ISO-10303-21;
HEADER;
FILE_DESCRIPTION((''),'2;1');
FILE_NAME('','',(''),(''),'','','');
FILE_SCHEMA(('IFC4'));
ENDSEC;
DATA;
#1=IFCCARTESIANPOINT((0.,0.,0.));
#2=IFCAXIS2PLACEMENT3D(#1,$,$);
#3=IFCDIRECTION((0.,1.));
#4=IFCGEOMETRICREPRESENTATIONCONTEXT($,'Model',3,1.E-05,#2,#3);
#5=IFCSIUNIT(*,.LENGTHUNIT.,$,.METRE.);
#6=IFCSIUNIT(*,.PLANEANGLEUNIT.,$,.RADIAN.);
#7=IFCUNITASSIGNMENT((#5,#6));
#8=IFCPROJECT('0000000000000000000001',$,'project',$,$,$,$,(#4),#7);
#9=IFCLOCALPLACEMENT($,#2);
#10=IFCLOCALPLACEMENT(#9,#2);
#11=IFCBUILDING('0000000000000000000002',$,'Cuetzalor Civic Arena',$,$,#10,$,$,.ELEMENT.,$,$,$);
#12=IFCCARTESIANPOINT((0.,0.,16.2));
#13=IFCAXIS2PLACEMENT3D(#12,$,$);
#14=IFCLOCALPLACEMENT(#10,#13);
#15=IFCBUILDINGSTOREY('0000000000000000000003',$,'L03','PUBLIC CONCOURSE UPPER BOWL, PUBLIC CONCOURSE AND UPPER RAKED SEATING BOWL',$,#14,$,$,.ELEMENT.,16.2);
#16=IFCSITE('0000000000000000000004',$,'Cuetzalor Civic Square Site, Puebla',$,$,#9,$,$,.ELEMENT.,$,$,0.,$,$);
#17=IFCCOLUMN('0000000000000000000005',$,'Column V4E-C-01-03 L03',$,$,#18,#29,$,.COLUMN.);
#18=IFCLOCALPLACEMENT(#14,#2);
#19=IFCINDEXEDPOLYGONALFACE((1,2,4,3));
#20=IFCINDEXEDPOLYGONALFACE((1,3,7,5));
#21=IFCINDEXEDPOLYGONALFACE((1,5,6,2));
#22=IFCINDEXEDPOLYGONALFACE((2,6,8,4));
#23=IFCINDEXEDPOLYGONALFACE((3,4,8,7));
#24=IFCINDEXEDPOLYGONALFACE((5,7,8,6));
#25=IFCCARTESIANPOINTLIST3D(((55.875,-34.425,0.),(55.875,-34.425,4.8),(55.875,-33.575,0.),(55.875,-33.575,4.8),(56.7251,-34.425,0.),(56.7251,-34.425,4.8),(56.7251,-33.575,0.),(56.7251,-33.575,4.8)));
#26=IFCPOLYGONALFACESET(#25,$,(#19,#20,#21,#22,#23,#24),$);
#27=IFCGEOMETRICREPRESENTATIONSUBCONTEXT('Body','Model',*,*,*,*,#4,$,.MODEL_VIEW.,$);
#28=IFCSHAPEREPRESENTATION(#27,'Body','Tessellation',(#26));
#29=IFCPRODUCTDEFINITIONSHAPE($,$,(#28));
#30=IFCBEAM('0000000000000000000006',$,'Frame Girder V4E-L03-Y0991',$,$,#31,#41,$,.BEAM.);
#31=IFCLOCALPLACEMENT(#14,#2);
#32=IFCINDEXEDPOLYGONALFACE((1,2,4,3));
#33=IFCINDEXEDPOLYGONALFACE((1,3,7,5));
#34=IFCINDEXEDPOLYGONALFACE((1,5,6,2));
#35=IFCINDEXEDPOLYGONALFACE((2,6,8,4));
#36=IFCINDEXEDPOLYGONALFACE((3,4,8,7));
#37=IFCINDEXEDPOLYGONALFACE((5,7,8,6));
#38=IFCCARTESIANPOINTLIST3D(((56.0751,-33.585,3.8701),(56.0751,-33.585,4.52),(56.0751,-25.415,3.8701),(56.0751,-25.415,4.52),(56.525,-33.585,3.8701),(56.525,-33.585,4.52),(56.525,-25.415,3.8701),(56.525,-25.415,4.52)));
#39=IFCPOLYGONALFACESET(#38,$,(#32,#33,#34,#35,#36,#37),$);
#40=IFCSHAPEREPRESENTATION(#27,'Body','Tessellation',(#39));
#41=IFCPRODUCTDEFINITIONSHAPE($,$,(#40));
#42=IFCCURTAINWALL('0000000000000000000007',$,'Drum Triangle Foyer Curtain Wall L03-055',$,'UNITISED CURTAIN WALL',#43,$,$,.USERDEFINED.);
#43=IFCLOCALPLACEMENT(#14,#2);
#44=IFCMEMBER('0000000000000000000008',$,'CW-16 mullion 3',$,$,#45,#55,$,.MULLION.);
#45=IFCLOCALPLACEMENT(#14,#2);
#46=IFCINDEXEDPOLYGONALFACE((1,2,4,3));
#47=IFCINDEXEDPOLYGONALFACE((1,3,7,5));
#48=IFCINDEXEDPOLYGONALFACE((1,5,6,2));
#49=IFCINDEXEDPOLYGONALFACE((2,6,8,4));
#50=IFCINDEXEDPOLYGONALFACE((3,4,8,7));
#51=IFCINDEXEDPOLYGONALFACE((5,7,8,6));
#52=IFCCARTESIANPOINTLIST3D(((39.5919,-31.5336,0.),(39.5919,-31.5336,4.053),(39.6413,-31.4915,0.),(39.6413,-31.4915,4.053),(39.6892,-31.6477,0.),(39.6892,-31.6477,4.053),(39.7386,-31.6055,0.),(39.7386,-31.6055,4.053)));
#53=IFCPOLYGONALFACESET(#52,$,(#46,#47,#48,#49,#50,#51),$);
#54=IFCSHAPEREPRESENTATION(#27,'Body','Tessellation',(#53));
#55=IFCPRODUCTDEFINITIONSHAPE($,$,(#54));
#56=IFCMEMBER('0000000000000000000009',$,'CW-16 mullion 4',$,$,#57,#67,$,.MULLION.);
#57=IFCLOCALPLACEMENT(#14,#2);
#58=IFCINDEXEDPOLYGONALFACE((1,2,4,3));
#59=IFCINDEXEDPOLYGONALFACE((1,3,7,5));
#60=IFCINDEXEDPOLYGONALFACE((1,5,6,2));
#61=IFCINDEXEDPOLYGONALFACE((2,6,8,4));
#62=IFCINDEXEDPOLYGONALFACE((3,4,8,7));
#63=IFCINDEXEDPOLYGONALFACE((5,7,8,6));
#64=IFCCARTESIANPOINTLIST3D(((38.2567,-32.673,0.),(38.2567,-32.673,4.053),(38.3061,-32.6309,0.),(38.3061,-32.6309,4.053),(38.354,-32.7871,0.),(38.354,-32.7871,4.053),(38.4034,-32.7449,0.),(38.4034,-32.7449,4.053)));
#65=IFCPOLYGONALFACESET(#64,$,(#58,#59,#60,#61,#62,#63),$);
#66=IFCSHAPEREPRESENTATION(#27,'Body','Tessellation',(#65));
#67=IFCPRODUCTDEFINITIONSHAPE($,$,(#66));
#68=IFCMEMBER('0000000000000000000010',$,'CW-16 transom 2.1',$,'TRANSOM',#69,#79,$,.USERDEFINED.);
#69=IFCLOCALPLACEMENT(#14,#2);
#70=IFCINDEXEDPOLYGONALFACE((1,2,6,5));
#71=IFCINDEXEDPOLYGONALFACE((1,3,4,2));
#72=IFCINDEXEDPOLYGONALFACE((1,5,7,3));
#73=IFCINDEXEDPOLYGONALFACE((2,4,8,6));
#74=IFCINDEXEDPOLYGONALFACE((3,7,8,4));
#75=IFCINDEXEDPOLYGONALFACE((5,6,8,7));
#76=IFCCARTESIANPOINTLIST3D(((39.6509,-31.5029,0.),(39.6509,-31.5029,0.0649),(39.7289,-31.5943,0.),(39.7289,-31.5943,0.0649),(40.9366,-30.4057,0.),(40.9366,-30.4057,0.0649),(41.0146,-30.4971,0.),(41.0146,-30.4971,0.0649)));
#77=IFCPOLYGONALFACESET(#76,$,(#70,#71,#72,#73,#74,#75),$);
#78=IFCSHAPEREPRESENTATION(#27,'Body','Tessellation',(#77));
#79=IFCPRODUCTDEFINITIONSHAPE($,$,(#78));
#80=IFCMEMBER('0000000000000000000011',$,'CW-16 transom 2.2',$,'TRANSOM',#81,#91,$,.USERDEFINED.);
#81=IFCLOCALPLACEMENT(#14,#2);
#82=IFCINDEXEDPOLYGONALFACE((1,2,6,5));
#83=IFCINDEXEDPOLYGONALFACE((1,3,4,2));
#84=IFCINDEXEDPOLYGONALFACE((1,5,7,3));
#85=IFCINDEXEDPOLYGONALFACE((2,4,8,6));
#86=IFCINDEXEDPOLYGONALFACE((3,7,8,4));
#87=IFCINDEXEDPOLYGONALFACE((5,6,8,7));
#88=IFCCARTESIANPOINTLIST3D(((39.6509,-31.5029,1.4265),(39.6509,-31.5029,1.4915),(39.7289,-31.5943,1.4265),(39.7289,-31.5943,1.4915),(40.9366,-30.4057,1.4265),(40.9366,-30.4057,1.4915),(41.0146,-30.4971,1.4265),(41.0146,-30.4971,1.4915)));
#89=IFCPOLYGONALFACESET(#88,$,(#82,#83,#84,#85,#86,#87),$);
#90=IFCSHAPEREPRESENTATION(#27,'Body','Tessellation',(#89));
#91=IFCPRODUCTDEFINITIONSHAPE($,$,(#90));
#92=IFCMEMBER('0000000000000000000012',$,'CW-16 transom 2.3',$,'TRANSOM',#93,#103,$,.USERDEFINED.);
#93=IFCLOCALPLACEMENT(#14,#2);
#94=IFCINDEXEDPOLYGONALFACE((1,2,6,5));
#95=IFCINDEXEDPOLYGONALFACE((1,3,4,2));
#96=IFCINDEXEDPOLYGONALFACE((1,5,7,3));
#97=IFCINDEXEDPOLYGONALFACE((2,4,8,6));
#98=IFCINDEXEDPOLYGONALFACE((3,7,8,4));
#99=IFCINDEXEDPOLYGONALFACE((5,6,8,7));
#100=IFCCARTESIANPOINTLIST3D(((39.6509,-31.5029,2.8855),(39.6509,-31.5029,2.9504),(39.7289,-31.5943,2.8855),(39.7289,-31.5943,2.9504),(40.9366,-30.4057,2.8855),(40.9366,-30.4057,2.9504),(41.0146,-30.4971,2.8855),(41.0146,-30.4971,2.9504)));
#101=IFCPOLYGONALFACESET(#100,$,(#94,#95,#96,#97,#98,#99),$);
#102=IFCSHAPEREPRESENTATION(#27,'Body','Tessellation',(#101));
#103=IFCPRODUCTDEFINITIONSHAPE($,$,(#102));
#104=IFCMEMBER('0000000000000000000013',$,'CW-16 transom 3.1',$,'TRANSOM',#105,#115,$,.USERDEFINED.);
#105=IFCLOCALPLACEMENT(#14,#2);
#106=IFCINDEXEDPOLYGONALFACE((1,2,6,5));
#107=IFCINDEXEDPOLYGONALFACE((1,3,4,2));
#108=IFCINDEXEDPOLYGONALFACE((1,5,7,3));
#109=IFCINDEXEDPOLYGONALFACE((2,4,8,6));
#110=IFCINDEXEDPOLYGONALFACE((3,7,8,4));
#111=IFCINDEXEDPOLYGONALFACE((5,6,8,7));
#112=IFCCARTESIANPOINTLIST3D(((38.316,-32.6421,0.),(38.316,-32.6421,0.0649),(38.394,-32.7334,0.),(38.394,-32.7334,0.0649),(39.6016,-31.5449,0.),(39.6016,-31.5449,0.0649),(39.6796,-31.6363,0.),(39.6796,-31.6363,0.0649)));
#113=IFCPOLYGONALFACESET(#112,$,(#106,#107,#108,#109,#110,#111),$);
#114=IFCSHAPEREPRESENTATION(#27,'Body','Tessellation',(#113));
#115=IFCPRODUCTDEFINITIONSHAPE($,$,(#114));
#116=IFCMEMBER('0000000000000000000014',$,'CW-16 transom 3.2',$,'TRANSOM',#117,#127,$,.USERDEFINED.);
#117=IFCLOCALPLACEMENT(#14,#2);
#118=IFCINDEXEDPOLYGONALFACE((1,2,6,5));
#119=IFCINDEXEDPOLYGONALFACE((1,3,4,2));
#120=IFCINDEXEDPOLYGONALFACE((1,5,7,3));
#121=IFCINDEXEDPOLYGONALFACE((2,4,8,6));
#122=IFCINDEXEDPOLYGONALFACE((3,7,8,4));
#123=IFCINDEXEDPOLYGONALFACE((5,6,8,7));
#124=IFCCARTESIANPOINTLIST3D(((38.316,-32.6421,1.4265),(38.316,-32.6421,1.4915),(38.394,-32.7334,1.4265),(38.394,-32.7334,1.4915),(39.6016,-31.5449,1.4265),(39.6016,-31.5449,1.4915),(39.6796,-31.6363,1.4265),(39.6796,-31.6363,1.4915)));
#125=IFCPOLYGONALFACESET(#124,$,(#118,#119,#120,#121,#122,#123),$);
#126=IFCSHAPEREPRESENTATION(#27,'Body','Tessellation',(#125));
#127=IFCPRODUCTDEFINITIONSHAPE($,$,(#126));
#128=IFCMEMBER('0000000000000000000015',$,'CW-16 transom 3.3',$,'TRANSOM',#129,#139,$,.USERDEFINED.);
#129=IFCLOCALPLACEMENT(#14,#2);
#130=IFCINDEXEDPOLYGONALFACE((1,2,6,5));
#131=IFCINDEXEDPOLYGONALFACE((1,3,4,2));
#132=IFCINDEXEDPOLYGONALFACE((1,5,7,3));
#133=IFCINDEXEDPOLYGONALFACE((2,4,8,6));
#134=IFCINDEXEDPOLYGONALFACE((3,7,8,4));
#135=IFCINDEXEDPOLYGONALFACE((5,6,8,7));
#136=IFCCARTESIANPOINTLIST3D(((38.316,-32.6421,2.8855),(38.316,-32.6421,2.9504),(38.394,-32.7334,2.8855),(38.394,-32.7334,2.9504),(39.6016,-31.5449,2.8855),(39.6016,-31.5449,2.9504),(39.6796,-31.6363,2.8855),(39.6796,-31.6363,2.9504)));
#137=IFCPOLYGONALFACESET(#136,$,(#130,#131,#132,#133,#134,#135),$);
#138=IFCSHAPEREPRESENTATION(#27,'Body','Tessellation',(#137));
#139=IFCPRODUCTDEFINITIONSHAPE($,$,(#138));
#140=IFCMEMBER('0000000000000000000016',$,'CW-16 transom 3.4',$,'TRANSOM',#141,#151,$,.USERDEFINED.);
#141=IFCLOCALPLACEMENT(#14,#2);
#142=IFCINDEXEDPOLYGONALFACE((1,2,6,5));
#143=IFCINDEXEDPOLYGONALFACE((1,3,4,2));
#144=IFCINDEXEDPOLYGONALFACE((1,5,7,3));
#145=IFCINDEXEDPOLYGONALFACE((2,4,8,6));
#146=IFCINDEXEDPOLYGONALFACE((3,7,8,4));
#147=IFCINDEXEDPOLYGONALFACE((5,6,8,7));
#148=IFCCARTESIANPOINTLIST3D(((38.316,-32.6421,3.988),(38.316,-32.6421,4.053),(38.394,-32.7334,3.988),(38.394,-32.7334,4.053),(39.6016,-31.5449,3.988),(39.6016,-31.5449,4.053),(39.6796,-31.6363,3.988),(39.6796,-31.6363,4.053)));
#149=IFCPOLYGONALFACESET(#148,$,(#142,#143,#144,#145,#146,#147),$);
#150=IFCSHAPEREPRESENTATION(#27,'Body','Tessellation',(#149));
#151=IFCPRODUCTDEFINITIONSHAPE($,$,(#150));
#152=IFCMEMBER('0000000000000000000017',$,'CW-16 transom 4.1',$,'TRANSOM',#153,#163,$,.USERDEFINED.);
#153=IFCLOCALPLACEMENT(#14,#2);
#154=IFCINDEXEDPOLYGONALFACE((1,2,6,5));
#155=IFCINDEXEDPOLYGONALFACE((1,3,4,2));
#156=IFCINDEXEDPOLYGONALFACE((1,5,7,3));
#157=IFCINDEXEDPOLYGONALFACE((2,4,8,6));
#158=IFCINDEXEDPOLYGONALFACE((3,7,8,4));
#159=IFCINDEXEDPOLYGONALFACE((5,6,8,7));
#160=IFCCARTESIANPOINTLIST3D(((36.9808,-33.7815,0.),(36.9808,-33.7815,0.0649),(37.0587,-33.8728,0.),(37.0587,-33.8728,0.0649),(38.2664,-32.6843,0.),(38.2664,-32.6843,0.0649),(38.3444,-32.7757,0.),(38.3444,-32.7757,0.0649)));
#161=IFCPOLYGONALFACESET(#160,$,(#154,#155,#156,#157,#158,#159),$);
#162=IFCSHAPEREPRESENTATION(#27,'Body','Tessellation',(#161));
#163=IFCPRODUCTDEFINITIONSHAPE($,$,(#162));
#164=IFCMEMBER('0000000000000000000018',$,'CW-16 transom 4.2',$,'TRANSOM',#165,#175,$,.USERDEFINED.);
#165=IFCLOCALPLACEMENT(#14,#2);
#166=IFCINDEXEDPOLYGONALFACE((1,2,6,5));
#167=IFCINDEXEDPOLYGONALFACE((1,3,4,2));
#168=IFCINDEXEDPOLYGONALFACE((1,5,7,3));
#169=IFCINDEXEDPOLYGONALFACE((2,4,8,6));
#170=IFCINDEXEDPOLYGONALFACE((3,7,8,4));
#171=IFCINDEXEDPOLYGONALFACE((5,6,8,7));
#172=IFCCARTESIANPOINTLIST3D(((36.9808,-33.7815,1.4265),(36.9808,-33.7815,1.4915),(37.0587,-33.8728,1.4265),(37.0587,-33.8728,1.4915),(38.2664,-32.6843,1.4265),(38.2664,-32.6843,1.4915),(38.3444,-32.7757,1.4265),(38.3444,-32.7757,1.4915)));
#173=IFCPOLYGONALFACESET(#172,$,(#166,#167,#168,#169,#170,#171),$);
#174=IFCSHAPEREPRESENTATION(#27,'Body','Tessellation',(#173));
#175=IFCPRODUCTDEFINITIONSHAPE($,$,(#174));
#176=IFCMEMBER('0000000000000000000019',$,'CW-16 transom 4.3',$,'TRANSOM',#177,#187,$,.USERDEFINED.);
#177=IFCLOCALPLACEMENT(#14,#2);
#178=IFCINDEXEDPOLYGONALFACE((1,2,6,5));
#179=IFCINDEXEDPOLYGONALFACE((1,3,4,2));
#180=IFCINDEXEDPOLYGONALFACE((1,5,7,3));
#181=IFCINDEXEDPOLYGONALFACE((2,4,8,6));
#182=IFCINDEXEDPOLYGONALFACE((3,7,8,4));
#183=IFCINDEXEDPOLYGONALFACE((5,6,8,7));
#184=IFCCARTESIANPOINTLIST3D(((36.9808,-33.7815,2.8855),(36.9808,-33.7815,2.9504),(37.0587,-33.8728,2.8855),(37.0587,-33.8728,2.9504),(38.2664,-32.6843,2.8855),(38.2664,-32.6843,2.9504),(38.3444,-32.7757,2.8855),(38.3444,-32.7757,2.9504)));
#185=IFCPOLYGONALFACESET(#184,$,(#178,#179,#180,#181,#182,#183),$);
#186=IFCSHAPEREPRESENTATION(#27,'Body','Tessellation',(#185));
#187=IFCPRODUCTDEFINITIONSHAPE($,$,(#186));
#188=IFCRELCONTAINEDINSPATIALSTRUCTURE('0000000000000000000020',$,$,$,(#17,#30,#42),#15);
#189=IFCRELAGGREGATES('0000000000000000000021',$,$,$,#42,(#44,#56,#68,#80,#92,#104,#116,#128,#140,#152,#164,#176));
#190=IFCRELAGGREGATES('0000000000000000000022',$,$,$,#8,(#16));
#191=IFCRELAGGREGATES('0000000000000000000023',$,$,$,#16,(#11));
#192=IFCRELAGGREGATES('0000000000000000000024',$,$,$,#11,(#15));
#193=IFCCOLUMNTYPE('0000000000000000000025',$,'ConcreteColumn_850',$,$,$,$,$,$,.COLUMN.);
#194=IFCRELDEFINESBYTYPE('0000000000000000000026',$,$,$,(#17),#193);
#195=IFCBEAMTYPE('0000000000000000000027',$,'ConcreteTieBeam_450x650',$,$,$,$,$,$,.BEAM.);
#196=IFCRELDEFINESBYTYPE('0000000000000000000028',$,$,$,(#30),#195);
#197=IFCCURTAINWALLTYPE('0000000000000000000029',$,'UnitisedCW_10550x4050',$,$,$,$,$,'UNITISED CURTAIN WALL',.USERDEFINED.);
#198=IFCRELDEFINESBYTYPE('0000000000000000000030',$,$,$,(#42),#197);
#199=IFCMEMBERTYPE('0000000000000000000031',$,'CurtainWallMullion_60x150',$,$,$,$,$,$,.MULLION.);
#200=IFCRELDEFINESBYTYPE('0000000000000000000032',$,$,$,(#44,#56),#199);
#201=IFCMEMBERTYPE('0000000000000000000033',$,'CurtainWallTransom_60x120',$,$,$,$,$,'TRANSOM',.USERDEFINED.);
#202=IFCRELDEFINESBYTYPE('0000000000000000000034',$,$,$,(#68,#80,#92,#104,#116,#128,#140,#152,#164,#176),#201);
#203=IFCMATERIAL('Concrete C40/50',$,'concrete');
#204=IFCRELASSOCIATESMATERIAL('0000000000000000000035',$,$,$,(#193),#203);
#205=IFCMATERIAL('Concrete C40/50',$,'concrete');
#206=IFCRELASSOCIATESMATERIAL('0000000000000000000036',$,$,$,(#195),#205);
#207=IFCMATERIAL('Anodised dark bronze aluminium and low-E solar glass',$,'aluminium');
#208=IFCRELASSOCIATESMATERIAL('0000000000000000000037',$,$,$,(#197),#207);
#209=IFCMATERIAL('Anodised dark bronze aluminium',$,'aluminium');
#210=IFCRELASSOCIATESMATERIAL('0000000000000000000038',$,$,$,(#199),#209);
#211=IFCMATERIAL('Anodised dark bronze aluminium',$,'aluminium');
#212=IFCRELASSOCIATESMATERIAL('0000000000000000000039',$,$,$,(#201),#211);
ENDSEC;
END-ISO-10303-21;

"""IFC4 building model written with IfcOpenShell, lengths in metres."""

from ifc_helpers import new_model, si_unit, direction, frame, origin, origin_2d, place, context, subcontext, project, spatial, rectangle, extrude, material, material_profile, profile_set, type_object, element, aggregate, save


model = new_model("IFC4")

# Units and contexts
model_context = context("Model", 3, precision=1e-05, world=origin(), true_north=direction((0.0, 1.0)))
body_context = subcontext(model_context, "Body", "Model", "MODEL_VIEW")
ifc_project = project(units=[si_unit("LENGTHUNIT", "METRE"), si_unit("PLANEANGLEUNIT", "RADIAN")], contexts=[model_context])

# Site, building, storey
site_placement = place(None, origin())
site = spatial("IfcSite", under=ifc_project, at=site_placement, Name="Cuetzalor Civic Square Site, Puebla", CompositionType="ELEMENT", RefElevation=0.0)
building_placement = place(site_placement, origin())
building = spatial("IfcBuilding", under=site, at=building_placement, Name="Cuetzalor Civic Arena", CompositionType="ELEMENT")
storey_placement = place(building_placement, frame((0.0, 0.0, 16.2)))
storey = spatial("IfcBuildingStorey", under=building, at=storey_placement, Name="L03", Description="PUBLIC CONCOURSE UPPER BOWL, PUBLIC CONCOURSE AND UPPER RAKED SEATING BOWL", CompositionType="ELEMENT", Elevation=16.2)

# Column
ifc_material_1 = material(Name="Concrete C40/50", Category="concrete")
ifc_material_profile_1 = material_profile(ifc_material_1, rectangle(XDim=0.8501, YDim=0.8501, at=origin_2d()), Name="RC 850x850")
ifc_profile_set_1 = profile_set([ifc_material_profile_1], Name="Concrete C40/50")
column_type = type_object("IfcColumnType", Name="ConcreteColumn_850", PredefinedType="COLUMN", material=ifc_profile_set_1)
column_placement = place(storey_placement, frame((56.3, -34.0, 0.0), z_axis=(0.0, 0.0, 1.0), x_axis=(1.0, 0.0, 0.0)))
element("IfcColumn", 1, at=column_placement, inside=storey, type_object=column_type, Name="Column V4E-C-01-03 L03", PredefinedType="COLUMN", context=body_context, shape_type="SweptSolid", body=[
    extrude(rectangle(XDim=0.8501, YDim=0.8501, at=origin_2d()), origin(), (0.0, 0.0, 1.0), 4.8),
])

# Beam
ifc_material_2 = material(Name="Concrete C40/50", Category="concrete")
ifc_material_profile_2 = material_profile(ifc_material_2, rectangle(XDim=0.45, YDim=0.6499, at=origin_2d()), Name="RC 450x650")
ifc_profile_set_2 = profile_set([ifc_material_profile_2], Name="Concrete C40/50")
beam_type = type_object("IfcBeamType", Name="ConcreteTieBeam_450x650", PredefinedType="BEAM", material=ifc_profile_set_2)
beam_placement = place(storey_placement, frame((56.3, -33.585, 4.1951), z_axis=(0.0, 1.0, 0.0), x_axis=(-1.0, 0.0, 0.0)))
element("IfcBeam", 2, at=beam_placement, inside=storey, type_object=beam_type, Name="Frame Girder V4E-L03-Y0991", PredefinedType="BEAM", context=body_context, shape_type="SweptSolid", body=[
    extrude(rectangle(XDim=0.45, YDim=0.6499, at=origin_2d()), origin(), (0.0, 0.0, 1.0), 8.1699),
])

# Curtain wall, members
ifc_material_3 = material(Name="Anodised dark bronze aluminium and low-E solar glass", Category="aluminium")
curtain_wall_type = type_object("IfcCurtainWallType", Name="UnitisedCW_10550x4050", ElementType="UNITISED CURTAIN WALL", PredefinedType="USERDEFINED", material=ifc_material_3)
curtain_wall_placement = place(storey_placement, origin())
curtain_wall = element("IfcCurtainWall", 3, at=curtain_wall_placement, inside=storey, type_object=curtain_wall_type, Name="Drum Triangle Foyer Curtain Wall L03-055", ObjectType="UNITISED CURTAIN WALL", PredefinedType="USERDEFINED")
ifc_material_4 = material(Name="Anodised dark bronze aluminium", Category="aluminium")
ifc_material_profile_3 = material_profile(ifc_material_4, rectangle(XDim=0.0649, YDim=0.1499, at=origin_2d()), Name="ALU MULLION 65x150")
ifc_profile_set_3 = profile_set([ifc_material_profile_3], Name="Anodised dark bronze aluminium")
member_type_1 = type_object("IfcMemberType", Name="CurtainWallMullion_60x150", PredefinedType="MULLION", material=ifc_profile_set_3)
member_1_placement = place(storey_placement, frame((39.6653, -31.5696, 0.0), z_axis=(0.0, 0.0, 1.0), x_axis=(-0.760677, -0.64913, 0.0)))
member_1 = element("IfcMember", 4, at=member_1_placement, type_object=member_type_1, Name="CW-16 mullion 3", PredefinedType="MULLION", context=body_context, shape_type="SweptSolid", body=[
    extrude(rectangle(XDim=0.0649, YDim=0.1499, at=origin_2d()), origin(), (0.0, 0.0, 1.0), 4.053),
])
member_2_placement = place(storey_placement, frame((38.3301, -32.709, 0.0), z_axis=(0.0, 0.0, 1.0), x_axis=(-0.760677, -0.64913, 0.0)))
member_2 = element("IfcMember", 5, at=member_2_placement, type_object=member_type_1, Name="CW-16 mullion 4", PredefinedType="MULLION", context=body_context, shape_type="SweptSolid", body=[
    extrude(rectangle(XDim=0.0649, YDim=0.1499, at=origin_2d()), origin(), (0.0, 0.0, 1.0), 4.053),
])
ifc_material_5 = material(Name="Anodised dark bronze aluminium", Category="aluminium")
ifc_material_profile_4 = material_profile(ifc_material_5, rectangle(XDim=0.1201, YDim=0.0649, at=origin_2d()), Name="ALU TRANSOM 65x120")
ifc_profile_set_4 = profile_set([ifc_material_profile_4], Name="Anodised dark bronze aluminium")
member_type_2 = type_object("IfcMemberType", Name="CurtainWallTransom_60x120", ElementType="TRANSOM", PredefinedType="USERDEFINED", material=ifc_profile_set_4)
member_3_placement = place(storey_placement, frame((40.9756, -30.4514, 0.0325), z_axis=(-0.760662, -0.649148, 0.0), x_axis=(0.649148, -0.760662, 0.0)))
member_3 = element("IfcMember", 6, at=member_3_placement, type_object=member_type_2, Name="CW-16 transom 2.1", ObjectType="TRANSOM", PredefinedType="USERDEFINED", context=body_context, shape_type="SweptSolid", body=[
    extrude(rectangle(XDim=0.1201, YDim=0.0649, at=origin_2d()), origin(), (0.0, 0.0, 1.0), 1.6902),
])
member_4_placement = place(storey_placement, frame((40.9756, -30.4514, 1.459), z_axis=(-0.760662, -0.649148, 0.0), x_axis=(0.649148, -0.760662, 0.0)))
member_4 = element("IfcMember", 7, at=member_4_placement, type_object=member_type_2, Name="CW-16 transom 2.2", ObjectType="TRANSOM", PredefinedType="USERDEFINED", context=body_context, shape_type="SweptSolid", body=[
    extrude(rectangle(XDim=0.1201, YDim=0.0649, at=origin_2d()), origin(), (0.0, 0.0, 1.0), 1.6902),
])
member_5_placement = place(storey_placement, frame((40.9756, -30.4514, 2.918), z_axis=(-0.760662, -0.649148, 0.0), x_axis=(0.649148, -0.760662, 0.0)))
member_5 = element("IfcMember", 8, at=member_5_placement, type_object=member_type_2, Name="CW-16 transom 2.3", ObjectType="TRANSOM", PredefinedType="USERDEFINED", context=body_context, shape_type="SweptSolid", body=[
    extrude(rectangle(XDim=0.1201, YDim=0.0649, at=origin_2d()), origin(), (0.0, 0.0, 1.0), 1.6902),
])
member_6_placement = place(storey_placement, frame((39.6406, -31.5906, 0.0325), z_axis=(-0.760662, -0.649148, 0.0), x_axis=(0.649148, -0.760662, 0.0)))
member_6 = element("IfcMember", 9, at=member_6_placement, type_object=member_type_2, Name="CW-16 transom 3.1", ObjectType="TRANSOM", PredefinedType="USERDEFINED", context=body_context, shape_type="SweptSolid", body=[
    extrude(rectangle(XDim=0.1201, YDim=0.0649, at=origin_2d()), origin(), (0.0, 0.0, 1.0), 1.6902),
])
member_7_placement = place(storey_placement, frame((39.6406, -31.5906, 1.459), z_axis=(-0.760662, -0.649148, 0.0), x_axis=(0.649148, -0.760662, 0.0)))
member_7 = element("IfcMember", 10, at=member_7_placement, type_object=member_type_2, Name="CW-16 transom 3.2", ObjectType="TRANSOM", PredefinedType="USERDEFINED", context=body_context, shape_type="SweptSolid", body=[
    extrude(rectangle(XDim=0.1201, YDim=0.0649, at=origin_2d()), origin(), (0.0, 0.0, 1.0), 1.6902),
])
member_8_placement = place(storey_placement, frame((39.6406, -31.5906, 2.918), z_axis=(-0.760662, -0.649148, 0.0), x_axis=(0.649148, -0.760662, 0.0)))
member_8 = element("IfcMember", 11, at=member_8_placement, type_object=member_type_2, Name="CW-16 transom 3.3", ObjectType="TRANSOM", PredefinedType="USERDEFINED", context=body_context, shape_type="SweptSolid", body=[
    extrude(rectangle(XDim=0.1201, YDim=0.0649, at=origin_2d()), origin(), (0.0, 0.0, 1.0), 1.6902),
])
member_9_placement = place(storey_placement, frame((39.6406, -31.5906, 4.0205), z_axis=(-0.760662, -0.649148, 0.0), x_axis=(0.649148, -0.760662, 0.0)))
member_9 = element("IfcMember", 12, at=member_9_placement, type_object=member_type_2, Name="CW-16 transom 3.4", ObjectType="TRANSOM", PredefinedType="USERDEFINED", context=body_context, shape_type="SweptSolid", body=[
    extrude(rectangle(XDim=0.1201, YDim=0.0649, at=origin_2d()), origin(), (0.0, 0.0, 1.0), 1.6902),
])
member_10_placement = place(storey_placement, frame((38.3054, -32.73, 0.0325), z_axis=(-0.760662, -0.649148, 0.0), x_axis=(0.649148, -0.760662, 0.0)))
member_10 = element("IfcMember", 13, at=member_10_placement, type_object=member_type_2, Name="CW-16 transom 4.1", ObjectType="TRANSOM", PredefinedType="USERDEFINED", context=body_context, shape_type="SweptSolid", body=[
    extrude(rectangle(XDim=0.1201, YDim=0.0649, at=origin_2d()), origin(), (0.0, 0.0, 1.0), 1.6902),
])
member_11_placement = place(storey_placement, frame((38.3054, -32.73, 1.459), z_axis=(-0.760662, -0.649148, 0.0), x_axis=(0.649148, -0.760662, 0.0)))
member_11 = element("IfcMember", 14, at=member_11_placement, type_object=member_type_2, Name="CW-16 transom 4.2", ObjectType="TRANSOM", PredefinedType="USERDEFINED", context=body_context, shape_type="SweptSolid", body=[
    extrude(rectangle(XDim=0.1201, YDim=0.0649, at=origin_2d()), origin(), (0.0, 0.0, 1.0), 1.6902),
])
member_12_placement = place(storey_placement, frame((38.3054, -32.73, 2.918), z_axis=(-0.760662, -0.649148, 0.0), x_axis=(0.649148, -0.760662, 0.0)))
member_12 = element("IfcMember", 15, at=member_12_placement, type_object=member_type_2, Name="CW-16 transom 4.3", ObjectType="TRANSOM", PredefinedType="USERDEFINED", context=body_context, shape_type="SweptSolid", body=[
    extrude(rectangle(XDim=0.1201, YDim=0.0649, at=origin_2d()), origin(), (0.0, 0.0, 1.0), 1.6902),
])
aggregate(curtain_wall, [member_1, member_2, member_3, member_4, member_5, member_6, member_7, member_8, member_9, member_10, member_11, member_12])

save(model, "model.ifc")
